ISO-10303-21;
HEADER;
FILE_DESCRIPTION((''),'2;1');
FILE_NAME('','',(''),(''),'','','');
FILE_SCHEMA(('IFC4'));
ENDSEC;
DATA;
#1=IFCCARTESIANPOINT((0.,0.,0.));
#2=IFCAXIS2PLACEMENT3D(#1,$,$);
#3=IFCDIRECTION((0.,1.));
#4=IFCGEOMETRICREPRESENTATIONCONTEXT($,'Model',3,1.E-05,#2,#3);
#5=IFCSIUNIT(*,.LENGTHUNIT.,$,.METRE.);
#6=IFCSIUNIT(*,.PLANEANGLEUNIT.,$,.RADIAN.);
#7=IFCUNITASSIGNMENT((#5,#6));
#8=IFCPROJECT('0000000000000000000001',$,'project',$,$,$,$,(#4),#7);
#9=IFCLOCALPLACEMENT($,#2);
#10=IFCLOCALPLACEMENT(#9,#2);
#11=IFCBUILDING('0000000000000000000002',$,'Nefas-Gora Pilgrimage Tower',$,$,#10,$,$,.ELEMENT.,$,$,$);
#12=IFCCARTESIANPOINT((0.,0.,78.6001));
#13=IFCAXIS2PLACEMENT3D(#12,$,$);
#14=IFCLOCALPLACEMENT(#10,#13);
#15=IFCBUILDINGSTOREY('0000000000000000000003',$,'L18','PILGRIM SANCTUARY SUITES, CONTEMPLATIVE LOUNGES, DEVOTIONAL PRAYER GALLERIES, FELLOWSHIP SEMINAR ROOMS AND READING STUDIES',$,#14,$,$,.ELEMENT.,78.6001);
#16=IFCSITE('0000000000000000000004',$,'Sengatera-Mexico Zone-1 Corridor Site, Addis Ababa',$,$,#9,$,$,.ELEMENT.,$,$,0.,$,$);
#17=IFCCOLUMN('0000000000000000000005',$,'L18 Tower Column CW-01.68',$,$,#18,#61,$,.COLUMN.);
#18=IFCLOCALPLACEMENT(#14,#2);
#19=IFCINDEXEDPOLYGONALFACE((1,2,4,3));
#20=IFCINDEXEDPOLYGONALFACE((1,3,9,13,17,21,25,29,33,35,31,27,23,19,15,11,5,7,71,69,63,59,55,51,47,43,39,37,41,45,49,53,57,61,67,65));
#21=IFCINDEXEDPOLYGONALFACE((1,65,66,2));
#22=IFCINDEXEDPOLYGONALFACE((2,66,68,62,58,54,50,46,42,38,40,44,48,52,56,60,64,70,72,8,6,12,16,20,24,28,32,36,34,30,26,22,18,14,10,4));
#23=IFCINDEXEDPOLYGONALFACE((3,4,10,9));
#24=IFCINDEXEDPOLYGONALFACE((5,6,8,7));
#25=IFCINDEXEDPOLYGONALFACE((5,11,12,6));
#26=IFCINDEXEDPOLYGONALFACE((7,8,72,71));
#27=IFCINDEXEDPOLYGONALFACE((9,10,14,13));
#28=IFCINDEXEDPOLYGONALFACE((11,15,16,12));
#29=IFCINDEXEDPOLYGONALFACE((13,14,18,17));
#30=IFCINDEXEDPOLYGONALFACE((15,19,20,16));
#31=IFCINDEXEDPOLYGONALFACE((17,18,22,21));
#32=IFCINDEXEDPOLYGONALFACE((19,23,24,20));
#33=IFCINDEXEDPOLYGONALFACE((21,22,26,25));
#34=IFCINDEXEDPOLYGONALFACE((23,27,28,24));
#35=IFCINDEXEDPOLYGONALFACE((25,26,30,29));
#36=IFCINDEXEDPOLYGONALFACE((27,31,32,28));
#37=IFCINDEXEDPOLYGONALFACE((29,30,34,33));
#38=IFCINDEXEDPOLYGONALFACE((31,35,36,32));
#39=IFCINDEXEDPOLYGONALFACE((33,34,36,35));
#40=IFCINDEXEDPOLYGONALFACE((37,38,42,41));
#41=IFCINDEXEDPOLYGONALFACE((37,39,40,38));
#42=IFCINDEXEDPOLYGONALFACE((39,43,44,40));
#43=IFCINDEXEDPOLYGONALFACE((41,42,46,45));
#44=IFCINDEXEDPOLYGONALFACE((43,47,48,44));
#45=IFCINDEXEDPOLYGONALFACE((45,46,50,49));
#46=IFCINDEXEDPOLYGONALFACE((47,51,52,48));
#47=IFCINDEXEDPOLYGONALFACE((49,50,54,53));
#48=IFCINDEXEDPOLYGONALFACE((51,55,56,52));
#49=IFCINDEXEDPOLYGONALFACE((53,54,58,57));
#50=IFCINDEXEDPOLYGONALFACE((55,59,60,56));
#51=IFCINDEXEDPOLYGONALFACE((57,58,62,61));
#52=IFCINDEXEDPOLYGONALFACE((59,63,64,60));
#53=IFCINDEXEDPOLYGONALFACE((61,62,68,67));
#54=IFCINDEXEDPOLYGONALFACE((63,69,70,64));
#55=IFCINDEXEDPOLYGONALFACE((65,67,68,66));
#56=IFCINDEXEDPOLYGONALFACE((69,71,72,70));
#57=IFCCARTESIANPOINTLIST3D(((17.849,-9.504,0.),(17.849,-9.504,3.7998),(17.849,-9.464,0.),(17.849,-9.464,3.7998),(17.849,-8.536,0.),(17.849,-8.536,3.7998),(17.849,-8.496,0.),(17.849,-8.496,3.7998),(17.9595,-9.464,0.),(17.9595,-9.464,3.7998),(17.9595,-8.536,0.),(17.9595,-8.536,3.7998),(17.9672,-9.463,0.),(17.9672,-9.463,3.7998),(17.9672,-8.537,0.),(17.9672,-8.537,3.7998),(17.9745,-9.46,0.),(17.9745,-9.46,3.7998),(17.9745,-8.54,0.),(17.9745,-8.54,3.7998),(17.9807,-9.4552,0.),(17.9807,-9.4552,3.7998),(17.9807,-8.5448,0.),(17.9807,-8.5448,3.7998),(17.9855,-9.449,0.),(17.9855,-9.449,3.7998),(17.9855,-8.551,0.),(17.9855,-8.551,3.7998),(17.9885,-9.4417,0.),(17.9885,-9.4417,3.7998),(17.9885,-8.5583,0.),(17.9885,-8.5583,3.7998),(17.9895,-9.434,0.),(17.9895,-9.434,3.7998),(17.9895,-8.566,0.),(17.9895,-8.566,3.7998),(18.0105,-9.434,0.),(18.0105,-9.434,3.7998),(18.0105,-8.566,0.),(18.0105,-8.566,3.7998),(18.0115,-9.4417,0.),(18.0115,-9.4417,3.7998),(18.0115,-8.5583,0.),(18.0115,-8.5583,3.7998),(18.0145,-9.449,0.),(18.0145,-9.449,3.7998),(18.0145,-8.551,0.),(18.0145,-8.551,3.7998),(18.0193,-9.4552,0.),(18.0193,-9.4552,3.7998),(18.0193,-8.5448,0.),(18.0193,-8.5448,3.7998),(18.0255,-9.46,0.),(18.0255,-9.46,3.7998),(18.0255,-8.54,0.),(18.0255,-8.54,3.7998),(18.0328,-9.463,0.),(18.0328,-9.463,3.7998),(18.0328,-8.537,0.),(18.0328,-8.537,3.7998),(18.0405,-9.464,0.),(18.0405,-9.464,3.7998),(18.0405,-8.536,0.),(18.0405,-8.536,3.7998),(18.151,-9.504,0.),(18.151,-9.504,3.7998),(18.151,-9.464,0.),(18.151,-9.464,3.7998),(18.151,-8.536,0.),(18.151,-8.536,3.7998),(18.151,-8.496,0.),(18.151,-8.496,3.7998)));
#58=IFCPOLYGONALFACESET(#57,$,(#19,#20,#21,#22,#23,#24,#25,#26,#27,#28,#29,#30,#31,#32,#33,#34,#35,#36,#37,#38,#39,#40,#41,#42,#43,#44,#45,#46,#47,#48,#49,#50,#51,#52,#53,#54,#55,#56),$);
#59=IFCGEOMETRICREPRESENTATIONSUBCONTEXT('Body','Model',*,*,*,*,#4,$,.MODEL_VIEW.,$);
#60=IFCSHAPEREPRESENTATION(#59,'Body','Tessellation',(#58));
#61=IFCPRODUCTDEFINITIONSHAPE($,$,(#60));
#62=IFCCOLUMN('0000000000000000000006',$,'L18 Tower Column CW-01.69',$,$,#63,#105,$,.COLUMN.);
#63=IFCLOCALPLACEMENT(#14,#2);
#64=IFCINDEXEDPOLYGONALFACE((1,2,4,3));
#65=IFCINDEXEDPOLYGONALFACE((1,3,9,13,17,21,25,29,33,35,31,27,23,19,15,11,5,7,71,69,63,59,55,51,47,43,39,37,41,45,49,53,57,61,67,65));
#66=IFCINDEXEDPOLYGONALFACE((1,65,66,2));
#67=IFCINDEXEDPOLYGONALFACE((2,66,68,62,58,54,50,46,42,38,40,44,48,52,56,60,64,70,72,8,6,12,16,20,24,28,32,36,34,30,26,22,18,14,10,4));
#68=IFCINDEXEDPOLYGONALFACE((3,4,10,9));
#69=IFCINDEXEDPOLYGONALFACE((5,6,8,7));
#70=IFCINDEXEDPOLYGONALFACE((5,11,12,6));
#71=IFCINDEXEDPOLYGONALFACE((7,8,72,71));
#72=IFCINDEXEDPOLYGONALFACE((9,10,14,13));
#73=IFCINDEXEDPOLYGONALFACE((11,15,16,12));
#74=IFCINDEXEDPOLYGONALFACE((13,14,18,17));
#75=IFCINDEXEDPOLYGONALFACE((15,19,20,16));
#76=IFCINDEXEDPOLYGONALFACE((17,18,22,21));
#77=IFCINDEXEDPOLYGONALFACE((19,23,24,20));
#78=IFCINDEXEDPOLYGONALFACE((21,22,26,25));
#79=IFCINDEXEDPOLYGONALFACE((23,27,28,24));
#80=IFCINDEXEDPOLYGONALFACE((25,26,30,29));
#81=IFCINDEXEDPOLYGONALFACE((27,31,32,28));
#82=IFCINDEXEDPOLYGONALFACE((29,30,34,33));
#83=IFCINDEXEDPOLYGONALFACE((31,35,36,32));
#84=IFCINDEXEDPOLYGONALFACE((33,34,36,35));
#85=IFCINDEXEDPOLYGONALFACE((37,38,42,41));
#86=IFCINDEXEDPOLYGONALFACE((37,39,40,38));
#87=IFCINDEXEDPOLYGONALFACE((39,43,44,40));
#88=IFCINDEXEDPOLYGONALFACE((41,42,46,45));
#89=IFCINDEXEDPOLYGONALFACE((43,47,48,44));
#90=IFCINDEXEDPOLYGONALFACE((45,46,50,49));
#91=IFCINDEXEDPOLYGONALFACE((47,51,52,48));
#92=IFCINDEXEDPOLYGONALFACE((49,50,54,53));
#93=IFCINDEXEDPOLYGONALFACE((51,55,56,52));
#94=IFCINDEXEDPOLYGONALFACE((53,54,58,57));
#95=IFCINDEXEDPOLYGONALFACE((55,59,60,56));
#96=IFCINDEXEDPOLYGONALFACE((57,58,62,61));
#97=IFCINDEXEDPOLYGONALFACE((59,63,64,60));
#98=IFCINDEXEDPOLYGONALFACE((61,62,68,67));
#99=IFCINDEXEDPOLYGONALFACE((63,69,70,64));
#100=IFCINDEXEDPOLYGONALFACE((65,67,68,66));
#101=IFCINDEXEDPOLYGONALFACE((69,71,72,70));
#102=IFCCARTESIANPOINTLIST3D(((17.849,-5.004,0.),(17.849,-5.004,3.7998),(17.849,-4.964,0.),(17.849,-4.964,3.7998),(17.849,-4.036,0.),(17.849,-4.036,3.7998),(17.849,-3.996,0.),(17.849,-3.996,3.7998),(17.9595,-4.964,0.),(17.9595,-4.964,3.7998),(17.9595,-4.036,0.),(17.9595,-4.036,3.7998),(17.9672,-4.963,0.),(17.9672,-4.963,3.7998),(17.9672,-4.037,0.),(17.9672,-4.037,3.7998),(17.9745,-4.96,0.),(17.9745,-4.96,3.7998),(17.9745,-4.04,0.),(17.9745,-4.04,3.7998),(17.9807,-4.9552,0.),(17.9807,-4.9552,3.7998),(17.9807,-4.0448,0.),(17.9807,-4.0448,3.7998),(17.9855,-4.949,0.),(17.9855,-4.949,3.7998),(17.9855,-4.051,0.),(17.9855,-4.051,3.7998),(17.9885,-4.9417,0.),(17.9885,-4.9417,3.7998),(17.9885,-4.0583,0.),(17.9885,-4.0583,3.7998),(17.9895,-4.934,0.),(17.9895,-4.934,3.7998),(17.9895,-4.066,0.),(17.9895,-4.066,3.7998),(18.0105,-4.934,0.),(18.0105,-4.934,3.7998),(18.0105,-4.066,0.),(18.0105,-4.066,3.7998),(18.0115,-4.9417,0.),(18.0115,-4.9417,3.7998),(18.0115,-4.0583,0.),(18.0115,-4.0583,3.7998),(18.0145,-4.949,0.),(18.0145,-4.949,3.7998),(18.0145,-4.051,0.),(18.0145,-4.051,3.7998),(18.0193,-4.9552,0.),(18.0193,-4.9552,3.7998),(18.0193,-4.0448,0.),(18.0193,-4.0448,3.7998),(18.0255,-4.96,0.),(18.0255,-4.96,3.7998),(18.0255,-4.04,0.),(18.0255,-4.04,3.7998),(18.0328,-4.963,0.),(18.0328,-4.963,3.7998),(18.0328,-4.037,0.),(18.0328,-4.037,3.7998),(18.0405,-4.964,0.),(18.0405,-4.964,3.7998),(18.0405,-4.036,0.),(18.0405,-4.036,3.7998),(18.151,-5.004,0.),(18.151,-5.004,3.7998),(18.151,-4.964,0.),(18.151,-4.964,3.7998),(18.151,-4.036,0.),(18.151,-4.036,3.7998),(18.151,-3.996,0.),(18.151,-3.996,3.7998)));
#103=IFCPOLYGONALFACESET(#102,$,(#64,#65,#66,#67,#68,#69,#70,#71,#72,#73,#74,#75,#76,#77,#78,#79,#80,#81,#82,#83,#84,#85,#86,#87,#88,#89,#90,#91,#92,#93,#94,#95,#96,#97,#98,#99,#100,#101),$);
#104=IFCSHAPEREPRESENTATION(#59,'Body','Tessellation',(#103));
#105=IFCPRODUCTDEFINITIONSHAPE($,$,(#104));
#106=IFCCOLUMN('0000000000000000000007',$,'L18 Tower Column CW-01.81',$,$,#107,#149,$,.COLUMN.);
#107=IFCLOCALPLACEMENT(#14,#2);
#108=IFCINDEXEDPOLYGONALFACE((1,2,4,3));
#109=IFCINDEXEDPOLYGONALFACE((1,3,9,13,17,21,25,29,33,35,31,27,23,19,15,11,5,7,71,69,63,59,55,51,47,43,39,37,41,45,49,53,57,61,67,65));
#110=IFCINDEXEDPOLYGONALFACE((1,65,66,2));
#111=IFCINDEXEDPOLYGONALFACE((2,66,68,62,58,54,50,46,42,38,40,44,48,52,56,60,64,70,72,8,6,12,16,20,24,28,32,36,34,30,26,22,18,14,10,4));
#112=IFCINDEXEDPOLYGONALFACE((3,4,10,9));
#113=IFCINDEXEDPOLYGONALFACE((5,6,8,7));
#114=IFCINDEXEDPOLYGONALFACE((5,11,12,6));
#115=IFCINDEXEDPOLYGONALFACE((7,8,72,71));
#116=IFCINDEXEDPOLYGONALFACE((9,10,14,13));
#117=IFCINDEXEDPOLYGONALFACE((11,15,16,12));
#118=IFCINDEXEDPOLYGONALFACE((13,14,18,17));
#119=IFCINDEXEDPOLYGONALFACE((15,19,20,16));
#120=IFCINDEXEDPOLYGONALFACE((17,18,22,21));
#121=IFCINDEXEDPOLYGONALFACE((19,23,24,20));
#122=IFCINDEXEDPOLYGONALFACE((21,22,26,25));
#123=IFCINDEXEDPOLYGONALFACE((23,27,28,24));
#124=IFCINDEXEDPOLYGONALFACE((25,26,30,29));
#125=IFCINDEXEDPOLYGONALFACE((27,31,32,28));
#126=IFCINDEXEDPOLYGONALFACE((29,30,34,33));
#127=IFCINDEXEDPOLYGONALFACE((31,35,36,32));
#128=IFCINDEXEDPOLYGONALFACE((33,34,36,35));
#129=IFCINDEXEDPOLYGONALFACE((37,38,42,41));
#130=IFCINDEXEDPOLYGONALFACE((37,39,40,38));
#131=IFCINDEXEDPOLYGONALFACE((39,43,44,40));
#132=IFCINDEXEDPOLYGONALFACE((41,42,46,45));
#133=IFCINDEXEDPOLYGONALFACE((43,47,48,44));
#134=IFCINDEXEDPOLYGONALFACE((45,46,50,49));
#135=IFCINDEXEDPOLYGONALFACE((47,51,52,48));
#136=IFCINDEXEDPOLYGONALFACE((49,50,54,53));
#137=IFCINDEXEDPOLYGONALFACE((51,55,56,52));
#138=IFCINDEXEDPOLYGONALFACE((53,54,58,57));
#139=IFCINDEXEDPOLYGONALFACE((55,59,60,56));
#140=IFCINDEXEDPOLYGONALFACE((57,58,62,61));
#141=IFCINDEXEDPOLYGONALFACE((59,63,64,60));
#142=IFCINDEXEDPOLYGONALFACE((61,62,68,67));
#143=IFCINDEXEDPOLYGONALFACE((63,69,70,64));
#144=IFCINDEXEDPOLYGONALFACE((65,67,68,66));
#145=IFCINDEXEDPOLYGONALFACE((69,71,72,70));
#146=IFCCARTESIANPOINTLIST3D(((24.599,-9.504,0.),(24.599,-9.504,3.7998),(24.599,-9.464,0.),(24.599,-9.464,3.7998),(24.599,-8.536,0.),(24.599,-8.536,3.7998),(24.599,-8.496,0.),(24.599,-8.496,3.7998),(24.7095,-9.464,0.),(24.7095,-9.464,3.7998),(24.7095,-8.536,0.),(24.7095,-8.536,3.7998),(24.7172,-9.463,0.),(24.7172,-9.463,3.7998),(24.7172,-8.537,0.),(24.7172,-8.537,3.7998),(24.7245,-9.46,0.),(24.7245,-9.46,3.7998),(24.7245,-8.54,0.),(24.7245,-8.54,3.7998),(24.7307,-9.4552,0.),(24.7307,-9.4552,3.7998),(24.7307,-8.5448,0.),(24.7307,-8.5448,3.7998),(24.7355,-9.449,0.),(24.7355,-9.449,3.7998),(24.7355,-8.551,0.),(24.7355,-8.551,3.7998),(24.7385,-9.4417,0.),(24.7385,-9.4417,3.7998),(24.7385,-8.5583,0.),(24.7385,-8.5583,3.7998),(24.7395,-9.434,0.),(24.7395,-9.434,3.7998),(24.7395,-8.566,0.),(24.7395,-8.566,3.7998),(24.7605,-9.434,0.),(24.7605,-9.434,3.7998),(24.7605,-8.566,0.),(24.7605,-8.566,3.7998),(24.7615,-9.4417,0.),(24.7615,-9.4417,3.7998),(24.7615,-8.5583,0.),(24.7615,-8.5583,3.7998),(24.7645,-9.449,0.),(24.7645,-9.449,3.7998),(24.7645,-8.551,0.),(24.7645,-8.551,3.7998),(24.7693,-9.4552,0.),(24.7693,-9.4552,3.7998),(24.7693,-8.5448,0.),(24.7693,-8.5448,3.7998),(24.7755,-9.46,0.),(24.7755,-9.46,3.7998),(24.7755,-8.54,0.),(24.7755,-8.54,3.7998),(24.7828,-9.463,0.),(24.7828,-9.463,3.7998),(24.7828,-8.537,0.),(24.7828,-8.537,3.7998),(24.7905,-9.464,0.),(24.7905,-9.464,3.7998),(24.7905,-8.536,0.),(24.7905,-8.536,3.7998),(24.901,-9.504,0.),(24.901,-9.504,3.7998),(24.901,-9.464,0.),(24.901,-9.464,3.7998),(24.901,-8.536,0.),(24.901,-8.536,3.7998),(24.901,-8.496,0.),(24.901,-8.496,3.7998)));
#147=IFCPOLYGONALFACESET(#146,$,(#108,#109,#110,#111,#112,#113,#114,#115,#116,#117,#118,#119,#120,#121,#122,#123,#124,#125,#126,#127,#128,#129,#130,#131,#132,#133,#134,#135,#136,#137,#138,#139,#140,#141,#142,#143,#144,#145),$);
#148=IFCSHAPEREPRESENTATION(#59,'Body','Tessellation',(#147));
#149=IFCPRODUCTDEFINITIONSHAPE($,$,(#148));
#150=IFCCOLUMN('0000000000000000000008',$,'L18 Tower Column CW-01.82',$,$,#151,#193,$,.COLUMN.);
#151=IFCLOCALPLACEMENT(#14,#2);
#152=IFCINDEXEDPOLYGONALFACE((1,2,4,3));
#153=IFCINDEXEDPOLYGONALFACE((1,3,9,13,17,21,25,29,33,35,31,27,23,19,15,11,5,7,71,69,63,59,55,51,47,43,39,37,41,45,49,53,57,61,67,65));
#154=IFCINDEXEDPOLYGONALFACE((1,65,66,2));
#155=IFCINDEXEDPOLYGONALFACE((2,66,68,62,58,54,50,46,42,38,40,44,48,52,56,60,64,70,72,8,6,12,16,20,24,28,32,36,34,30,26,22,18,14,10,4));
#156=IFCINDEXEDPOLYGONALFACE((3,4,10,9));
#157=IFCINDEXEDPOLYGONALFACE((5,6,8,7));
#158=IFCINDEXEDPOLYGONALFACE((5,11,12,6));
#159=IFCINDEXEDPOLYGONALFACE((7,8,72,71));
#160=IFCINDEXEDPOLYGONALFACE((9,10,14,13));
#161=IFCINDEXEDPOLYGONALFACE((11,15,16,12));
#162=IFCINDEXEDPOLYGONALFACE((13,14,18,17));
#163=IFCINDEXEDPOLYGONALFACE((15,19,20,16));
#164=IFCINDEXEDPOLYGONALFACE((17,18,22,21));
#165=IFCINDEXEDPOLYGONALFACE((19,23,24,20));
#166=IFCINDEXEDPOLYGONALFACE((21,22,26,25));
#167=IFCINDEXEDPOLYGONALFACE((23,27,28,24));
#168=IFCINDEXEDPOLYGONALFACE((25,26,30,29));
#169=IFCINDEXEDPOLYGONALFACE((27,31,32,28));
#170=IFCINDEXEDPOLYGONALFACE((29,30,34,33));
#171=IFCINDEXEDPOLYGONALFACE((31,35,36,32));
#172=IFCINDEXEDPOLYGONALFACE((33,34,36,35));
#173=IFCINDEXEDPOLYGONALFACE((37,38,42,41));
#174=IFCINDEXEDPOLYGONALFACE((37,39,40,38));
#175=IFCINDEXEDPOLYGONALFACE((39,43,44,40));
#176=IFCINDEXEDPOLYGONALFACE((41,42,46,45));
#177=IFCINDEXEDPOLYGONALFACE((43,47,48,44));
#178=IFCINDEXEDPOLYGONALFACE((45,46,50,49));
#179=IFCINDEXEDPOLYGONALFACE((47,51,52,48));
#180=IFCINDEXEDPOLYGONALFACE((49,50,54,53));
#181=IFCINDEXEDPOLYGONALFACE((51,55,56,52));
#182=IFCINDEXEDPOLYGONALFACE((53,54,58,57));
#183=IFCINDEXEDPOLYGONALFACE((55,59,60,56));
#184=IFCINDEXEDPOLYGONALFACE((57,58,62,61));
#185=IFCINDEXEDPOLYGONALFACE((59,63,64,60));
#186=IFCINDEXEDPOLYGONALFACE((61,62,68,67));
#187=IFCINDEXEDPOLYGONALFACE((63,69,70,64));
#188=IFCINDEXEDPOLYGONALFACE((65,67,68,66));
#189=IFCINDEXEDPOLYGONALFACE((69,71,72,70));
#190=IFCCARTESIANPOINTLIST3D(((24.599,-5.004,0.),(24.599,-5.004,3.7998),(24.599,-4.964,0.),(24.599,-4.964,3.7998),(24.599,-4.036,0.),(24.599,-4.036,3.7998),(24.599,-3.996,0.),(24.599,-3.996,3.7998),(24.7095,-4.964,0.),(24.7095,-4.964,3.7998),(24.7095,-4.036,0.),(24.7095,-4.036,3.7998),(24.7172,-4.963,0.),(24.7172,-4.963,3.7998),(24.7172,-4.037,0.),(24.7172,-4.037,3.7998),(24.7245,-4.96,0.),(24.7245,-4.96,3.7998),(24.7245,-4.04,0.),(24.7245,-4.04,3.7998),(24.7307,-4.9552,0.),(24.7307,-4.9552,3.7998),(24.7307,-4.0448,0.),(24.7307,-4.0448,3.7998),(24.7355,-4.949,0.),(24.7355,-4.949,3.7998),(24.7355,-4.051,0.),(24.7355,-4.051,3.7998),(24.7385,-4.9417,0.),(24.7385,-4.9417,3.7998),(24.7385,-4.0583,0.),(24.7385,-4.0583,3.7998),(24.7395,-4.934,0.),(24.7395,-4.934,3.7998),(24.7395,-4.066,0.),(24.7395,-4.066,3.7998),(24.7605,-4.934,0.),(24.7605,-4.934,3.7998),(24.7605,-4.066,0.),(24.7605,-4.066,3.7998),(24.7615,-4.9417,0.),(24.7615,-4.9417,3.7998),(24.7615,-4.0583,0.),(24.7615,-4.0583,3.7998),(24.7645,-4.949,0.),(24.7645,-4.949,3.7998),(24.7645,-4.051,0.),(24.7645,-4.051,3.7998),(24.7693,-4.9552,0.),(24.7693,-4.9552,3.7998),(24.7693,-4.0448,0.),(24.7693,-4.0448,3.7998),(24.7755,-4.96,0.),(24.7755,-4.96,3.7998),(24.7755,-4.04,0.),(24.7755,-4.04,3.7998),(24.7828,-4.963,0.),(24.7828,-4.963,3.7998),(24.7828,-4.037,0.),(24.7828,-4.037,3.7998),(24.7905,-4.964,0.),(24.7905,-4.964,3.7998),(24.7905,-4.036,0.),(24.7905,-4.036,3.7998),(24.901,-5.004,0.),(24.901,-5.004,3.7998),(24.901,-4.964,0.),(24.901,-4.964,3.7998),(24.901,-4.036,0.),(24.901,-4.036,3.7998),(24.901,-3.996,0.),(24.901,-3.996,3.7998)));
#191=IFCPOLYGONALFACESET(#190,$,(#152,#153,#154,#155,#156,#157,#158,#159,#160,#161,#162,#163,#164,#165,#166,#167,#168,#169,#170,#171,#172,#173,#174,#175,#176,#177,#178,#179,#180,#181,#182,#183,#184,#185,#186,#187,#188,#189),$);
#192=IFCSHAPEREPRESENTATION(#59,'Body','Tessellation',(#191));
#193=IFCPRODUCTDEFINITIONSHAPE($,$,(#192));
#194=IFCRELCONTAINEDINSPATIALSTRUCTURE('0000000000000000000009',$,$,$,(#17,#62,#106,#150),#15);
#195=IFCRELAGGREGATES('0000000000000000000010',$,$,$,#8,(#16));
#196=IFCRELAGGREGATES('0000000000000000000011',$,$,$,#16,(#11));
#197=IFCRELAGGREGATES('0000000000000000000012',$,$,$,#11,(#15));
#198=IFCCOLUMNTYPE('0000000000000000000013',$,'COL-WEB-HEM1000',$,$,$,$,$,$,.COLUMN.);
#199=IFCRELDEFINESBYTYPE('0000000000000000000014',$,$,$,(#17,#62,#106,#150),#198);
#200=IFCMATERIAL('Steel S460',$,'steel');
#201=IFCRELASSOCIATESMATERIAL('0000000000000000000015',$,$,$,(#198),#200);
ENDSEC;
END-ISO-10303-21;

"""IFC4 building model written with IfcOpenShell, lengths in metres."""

from ifc_helpers import new_model, si_unit, direction, frame, origin, origin_2d, place, context, subcontext, project, spatial, i_section, extrude, source, transform, mapped, material, material_profile, profile_set, type_object, element, save


model = new_model("IFC4")

# Units and contexts
model_context = context("Model", 3, precision=1e-05, world=origin(), true_north=direction((0.0, 1.0)))
body_context = subcontext(model_context, "Body", "Model", "MODEL_VIEW")
ifc_project = project(units=[si_unit("LENGTHUNIT", "METRE"), si_unit("PLANEANGLEUNIT", "RADIAN")], contexts=[model_context])

# Site, building, storey
site_placement = place(None, origin())
site = spatial("IfcSite", under=ifc_project, at=site_placement, Name="Sengatera-Mexico Zone-1 Corridor Site, Addis Ababa", CompositionType="ELEMENT", RefElevation=0.0)
building_placement = place(site_placement, origin())
building = spatial("IfcBuilding", under=site, at=building_placement, Name="Nefas-Gora Pilgrimage Tower", CompositionType="ELEMENT")
storey_placement = place(building_placement, frame((0.0, 0.0, 78.6001)))
storey = spatial("IfcBuildingStorey", under=building, at=storey_placement, Name="L18", Description="PILGRIM SANCTUARY SUITES, CONTEMPLATIVE LOUNGES, DEVOTIONAL PRAYER GALLERIES, FELLOWSHIP SEMINAR ROOMS AND READING STUDIES", CompositionType="ELEMENT", Elevation=78.6001)

# Columns
ifc_material_1 = material(Name="Steel S460", Category="steel")
ifc_material_profile_1 = material_profile(ifc_material_1, i_section(OverallWidth=0.302, OverallDepth=1.0081, WebThickness=0.021, FlangeThickness=0.04, FilletRadius=0.03, at=origin_2d()), Name="HEM 1000")
ifc_profile_set_1 = profile_set([ifc_material_profile_1], Name="Steel S460")
column_type_1 = type_object("IfcColumnType", Name="COL-WEB-HEM1000", PredefinedType="COLUMN", material=ifc_profile_set_1)
shared_shape_1 = source(origin(), body_context, "Body", "SweptSolid", [
    extrude(i_section(OverallWidth=0.302, OverallDepth=1.0081, WebThickness=0.021, FlangeThickness=0.04, FilletRadius=0.03, at=origin_2d()), origin(), (0.0, 0.0, 1.0), 3.7998),
])
for number, where, z_axis, x_axis, name in (
    (1, (18.0, -9.0, 0.0), (0.0, 0.0, 1.0), (1.0, 0.0, 0.0), "L18 Tower Column CW-01.68"),
    (2, (18.0, -4.5, 0.0), (0.0, 0.0, 1.0), (1.0, 0.0, 0.0), "L18 Tower Column CW-01.69"),
    (3, (24.75, -9.0, 0.0), (0.0, 0.0, 1.0), (1.0, 0.0, 0.0), "L18 Tower Column CW-01.81"),
    (4, (24.75, -4.5, 0.0), (0.0, 0.0, 1.0), (1.0, 0.0, 0.0), "L18 Tower Column CW-01.82"),
):
    element("IfcColumn", number, at=place(storey_placement, frame(where, z_axis=z_axis, x_axis=x_axis)), inside=storey, type_object=column_type_1, Name=name, PredefinedType="COLUMN", context=body_context, shape_type="MappedRepresentation", body=[
        mapped(shared_shape_1, transform((0.0, 0.0, 0.0), x_axis=(1.0, 0.0, 0.0), y_axis=(0.0, 1.0, 0.0), z_axis=(0.0, 0.0, 1.0), scale=1.0)),
    ])

save(model, "model.ifc")
